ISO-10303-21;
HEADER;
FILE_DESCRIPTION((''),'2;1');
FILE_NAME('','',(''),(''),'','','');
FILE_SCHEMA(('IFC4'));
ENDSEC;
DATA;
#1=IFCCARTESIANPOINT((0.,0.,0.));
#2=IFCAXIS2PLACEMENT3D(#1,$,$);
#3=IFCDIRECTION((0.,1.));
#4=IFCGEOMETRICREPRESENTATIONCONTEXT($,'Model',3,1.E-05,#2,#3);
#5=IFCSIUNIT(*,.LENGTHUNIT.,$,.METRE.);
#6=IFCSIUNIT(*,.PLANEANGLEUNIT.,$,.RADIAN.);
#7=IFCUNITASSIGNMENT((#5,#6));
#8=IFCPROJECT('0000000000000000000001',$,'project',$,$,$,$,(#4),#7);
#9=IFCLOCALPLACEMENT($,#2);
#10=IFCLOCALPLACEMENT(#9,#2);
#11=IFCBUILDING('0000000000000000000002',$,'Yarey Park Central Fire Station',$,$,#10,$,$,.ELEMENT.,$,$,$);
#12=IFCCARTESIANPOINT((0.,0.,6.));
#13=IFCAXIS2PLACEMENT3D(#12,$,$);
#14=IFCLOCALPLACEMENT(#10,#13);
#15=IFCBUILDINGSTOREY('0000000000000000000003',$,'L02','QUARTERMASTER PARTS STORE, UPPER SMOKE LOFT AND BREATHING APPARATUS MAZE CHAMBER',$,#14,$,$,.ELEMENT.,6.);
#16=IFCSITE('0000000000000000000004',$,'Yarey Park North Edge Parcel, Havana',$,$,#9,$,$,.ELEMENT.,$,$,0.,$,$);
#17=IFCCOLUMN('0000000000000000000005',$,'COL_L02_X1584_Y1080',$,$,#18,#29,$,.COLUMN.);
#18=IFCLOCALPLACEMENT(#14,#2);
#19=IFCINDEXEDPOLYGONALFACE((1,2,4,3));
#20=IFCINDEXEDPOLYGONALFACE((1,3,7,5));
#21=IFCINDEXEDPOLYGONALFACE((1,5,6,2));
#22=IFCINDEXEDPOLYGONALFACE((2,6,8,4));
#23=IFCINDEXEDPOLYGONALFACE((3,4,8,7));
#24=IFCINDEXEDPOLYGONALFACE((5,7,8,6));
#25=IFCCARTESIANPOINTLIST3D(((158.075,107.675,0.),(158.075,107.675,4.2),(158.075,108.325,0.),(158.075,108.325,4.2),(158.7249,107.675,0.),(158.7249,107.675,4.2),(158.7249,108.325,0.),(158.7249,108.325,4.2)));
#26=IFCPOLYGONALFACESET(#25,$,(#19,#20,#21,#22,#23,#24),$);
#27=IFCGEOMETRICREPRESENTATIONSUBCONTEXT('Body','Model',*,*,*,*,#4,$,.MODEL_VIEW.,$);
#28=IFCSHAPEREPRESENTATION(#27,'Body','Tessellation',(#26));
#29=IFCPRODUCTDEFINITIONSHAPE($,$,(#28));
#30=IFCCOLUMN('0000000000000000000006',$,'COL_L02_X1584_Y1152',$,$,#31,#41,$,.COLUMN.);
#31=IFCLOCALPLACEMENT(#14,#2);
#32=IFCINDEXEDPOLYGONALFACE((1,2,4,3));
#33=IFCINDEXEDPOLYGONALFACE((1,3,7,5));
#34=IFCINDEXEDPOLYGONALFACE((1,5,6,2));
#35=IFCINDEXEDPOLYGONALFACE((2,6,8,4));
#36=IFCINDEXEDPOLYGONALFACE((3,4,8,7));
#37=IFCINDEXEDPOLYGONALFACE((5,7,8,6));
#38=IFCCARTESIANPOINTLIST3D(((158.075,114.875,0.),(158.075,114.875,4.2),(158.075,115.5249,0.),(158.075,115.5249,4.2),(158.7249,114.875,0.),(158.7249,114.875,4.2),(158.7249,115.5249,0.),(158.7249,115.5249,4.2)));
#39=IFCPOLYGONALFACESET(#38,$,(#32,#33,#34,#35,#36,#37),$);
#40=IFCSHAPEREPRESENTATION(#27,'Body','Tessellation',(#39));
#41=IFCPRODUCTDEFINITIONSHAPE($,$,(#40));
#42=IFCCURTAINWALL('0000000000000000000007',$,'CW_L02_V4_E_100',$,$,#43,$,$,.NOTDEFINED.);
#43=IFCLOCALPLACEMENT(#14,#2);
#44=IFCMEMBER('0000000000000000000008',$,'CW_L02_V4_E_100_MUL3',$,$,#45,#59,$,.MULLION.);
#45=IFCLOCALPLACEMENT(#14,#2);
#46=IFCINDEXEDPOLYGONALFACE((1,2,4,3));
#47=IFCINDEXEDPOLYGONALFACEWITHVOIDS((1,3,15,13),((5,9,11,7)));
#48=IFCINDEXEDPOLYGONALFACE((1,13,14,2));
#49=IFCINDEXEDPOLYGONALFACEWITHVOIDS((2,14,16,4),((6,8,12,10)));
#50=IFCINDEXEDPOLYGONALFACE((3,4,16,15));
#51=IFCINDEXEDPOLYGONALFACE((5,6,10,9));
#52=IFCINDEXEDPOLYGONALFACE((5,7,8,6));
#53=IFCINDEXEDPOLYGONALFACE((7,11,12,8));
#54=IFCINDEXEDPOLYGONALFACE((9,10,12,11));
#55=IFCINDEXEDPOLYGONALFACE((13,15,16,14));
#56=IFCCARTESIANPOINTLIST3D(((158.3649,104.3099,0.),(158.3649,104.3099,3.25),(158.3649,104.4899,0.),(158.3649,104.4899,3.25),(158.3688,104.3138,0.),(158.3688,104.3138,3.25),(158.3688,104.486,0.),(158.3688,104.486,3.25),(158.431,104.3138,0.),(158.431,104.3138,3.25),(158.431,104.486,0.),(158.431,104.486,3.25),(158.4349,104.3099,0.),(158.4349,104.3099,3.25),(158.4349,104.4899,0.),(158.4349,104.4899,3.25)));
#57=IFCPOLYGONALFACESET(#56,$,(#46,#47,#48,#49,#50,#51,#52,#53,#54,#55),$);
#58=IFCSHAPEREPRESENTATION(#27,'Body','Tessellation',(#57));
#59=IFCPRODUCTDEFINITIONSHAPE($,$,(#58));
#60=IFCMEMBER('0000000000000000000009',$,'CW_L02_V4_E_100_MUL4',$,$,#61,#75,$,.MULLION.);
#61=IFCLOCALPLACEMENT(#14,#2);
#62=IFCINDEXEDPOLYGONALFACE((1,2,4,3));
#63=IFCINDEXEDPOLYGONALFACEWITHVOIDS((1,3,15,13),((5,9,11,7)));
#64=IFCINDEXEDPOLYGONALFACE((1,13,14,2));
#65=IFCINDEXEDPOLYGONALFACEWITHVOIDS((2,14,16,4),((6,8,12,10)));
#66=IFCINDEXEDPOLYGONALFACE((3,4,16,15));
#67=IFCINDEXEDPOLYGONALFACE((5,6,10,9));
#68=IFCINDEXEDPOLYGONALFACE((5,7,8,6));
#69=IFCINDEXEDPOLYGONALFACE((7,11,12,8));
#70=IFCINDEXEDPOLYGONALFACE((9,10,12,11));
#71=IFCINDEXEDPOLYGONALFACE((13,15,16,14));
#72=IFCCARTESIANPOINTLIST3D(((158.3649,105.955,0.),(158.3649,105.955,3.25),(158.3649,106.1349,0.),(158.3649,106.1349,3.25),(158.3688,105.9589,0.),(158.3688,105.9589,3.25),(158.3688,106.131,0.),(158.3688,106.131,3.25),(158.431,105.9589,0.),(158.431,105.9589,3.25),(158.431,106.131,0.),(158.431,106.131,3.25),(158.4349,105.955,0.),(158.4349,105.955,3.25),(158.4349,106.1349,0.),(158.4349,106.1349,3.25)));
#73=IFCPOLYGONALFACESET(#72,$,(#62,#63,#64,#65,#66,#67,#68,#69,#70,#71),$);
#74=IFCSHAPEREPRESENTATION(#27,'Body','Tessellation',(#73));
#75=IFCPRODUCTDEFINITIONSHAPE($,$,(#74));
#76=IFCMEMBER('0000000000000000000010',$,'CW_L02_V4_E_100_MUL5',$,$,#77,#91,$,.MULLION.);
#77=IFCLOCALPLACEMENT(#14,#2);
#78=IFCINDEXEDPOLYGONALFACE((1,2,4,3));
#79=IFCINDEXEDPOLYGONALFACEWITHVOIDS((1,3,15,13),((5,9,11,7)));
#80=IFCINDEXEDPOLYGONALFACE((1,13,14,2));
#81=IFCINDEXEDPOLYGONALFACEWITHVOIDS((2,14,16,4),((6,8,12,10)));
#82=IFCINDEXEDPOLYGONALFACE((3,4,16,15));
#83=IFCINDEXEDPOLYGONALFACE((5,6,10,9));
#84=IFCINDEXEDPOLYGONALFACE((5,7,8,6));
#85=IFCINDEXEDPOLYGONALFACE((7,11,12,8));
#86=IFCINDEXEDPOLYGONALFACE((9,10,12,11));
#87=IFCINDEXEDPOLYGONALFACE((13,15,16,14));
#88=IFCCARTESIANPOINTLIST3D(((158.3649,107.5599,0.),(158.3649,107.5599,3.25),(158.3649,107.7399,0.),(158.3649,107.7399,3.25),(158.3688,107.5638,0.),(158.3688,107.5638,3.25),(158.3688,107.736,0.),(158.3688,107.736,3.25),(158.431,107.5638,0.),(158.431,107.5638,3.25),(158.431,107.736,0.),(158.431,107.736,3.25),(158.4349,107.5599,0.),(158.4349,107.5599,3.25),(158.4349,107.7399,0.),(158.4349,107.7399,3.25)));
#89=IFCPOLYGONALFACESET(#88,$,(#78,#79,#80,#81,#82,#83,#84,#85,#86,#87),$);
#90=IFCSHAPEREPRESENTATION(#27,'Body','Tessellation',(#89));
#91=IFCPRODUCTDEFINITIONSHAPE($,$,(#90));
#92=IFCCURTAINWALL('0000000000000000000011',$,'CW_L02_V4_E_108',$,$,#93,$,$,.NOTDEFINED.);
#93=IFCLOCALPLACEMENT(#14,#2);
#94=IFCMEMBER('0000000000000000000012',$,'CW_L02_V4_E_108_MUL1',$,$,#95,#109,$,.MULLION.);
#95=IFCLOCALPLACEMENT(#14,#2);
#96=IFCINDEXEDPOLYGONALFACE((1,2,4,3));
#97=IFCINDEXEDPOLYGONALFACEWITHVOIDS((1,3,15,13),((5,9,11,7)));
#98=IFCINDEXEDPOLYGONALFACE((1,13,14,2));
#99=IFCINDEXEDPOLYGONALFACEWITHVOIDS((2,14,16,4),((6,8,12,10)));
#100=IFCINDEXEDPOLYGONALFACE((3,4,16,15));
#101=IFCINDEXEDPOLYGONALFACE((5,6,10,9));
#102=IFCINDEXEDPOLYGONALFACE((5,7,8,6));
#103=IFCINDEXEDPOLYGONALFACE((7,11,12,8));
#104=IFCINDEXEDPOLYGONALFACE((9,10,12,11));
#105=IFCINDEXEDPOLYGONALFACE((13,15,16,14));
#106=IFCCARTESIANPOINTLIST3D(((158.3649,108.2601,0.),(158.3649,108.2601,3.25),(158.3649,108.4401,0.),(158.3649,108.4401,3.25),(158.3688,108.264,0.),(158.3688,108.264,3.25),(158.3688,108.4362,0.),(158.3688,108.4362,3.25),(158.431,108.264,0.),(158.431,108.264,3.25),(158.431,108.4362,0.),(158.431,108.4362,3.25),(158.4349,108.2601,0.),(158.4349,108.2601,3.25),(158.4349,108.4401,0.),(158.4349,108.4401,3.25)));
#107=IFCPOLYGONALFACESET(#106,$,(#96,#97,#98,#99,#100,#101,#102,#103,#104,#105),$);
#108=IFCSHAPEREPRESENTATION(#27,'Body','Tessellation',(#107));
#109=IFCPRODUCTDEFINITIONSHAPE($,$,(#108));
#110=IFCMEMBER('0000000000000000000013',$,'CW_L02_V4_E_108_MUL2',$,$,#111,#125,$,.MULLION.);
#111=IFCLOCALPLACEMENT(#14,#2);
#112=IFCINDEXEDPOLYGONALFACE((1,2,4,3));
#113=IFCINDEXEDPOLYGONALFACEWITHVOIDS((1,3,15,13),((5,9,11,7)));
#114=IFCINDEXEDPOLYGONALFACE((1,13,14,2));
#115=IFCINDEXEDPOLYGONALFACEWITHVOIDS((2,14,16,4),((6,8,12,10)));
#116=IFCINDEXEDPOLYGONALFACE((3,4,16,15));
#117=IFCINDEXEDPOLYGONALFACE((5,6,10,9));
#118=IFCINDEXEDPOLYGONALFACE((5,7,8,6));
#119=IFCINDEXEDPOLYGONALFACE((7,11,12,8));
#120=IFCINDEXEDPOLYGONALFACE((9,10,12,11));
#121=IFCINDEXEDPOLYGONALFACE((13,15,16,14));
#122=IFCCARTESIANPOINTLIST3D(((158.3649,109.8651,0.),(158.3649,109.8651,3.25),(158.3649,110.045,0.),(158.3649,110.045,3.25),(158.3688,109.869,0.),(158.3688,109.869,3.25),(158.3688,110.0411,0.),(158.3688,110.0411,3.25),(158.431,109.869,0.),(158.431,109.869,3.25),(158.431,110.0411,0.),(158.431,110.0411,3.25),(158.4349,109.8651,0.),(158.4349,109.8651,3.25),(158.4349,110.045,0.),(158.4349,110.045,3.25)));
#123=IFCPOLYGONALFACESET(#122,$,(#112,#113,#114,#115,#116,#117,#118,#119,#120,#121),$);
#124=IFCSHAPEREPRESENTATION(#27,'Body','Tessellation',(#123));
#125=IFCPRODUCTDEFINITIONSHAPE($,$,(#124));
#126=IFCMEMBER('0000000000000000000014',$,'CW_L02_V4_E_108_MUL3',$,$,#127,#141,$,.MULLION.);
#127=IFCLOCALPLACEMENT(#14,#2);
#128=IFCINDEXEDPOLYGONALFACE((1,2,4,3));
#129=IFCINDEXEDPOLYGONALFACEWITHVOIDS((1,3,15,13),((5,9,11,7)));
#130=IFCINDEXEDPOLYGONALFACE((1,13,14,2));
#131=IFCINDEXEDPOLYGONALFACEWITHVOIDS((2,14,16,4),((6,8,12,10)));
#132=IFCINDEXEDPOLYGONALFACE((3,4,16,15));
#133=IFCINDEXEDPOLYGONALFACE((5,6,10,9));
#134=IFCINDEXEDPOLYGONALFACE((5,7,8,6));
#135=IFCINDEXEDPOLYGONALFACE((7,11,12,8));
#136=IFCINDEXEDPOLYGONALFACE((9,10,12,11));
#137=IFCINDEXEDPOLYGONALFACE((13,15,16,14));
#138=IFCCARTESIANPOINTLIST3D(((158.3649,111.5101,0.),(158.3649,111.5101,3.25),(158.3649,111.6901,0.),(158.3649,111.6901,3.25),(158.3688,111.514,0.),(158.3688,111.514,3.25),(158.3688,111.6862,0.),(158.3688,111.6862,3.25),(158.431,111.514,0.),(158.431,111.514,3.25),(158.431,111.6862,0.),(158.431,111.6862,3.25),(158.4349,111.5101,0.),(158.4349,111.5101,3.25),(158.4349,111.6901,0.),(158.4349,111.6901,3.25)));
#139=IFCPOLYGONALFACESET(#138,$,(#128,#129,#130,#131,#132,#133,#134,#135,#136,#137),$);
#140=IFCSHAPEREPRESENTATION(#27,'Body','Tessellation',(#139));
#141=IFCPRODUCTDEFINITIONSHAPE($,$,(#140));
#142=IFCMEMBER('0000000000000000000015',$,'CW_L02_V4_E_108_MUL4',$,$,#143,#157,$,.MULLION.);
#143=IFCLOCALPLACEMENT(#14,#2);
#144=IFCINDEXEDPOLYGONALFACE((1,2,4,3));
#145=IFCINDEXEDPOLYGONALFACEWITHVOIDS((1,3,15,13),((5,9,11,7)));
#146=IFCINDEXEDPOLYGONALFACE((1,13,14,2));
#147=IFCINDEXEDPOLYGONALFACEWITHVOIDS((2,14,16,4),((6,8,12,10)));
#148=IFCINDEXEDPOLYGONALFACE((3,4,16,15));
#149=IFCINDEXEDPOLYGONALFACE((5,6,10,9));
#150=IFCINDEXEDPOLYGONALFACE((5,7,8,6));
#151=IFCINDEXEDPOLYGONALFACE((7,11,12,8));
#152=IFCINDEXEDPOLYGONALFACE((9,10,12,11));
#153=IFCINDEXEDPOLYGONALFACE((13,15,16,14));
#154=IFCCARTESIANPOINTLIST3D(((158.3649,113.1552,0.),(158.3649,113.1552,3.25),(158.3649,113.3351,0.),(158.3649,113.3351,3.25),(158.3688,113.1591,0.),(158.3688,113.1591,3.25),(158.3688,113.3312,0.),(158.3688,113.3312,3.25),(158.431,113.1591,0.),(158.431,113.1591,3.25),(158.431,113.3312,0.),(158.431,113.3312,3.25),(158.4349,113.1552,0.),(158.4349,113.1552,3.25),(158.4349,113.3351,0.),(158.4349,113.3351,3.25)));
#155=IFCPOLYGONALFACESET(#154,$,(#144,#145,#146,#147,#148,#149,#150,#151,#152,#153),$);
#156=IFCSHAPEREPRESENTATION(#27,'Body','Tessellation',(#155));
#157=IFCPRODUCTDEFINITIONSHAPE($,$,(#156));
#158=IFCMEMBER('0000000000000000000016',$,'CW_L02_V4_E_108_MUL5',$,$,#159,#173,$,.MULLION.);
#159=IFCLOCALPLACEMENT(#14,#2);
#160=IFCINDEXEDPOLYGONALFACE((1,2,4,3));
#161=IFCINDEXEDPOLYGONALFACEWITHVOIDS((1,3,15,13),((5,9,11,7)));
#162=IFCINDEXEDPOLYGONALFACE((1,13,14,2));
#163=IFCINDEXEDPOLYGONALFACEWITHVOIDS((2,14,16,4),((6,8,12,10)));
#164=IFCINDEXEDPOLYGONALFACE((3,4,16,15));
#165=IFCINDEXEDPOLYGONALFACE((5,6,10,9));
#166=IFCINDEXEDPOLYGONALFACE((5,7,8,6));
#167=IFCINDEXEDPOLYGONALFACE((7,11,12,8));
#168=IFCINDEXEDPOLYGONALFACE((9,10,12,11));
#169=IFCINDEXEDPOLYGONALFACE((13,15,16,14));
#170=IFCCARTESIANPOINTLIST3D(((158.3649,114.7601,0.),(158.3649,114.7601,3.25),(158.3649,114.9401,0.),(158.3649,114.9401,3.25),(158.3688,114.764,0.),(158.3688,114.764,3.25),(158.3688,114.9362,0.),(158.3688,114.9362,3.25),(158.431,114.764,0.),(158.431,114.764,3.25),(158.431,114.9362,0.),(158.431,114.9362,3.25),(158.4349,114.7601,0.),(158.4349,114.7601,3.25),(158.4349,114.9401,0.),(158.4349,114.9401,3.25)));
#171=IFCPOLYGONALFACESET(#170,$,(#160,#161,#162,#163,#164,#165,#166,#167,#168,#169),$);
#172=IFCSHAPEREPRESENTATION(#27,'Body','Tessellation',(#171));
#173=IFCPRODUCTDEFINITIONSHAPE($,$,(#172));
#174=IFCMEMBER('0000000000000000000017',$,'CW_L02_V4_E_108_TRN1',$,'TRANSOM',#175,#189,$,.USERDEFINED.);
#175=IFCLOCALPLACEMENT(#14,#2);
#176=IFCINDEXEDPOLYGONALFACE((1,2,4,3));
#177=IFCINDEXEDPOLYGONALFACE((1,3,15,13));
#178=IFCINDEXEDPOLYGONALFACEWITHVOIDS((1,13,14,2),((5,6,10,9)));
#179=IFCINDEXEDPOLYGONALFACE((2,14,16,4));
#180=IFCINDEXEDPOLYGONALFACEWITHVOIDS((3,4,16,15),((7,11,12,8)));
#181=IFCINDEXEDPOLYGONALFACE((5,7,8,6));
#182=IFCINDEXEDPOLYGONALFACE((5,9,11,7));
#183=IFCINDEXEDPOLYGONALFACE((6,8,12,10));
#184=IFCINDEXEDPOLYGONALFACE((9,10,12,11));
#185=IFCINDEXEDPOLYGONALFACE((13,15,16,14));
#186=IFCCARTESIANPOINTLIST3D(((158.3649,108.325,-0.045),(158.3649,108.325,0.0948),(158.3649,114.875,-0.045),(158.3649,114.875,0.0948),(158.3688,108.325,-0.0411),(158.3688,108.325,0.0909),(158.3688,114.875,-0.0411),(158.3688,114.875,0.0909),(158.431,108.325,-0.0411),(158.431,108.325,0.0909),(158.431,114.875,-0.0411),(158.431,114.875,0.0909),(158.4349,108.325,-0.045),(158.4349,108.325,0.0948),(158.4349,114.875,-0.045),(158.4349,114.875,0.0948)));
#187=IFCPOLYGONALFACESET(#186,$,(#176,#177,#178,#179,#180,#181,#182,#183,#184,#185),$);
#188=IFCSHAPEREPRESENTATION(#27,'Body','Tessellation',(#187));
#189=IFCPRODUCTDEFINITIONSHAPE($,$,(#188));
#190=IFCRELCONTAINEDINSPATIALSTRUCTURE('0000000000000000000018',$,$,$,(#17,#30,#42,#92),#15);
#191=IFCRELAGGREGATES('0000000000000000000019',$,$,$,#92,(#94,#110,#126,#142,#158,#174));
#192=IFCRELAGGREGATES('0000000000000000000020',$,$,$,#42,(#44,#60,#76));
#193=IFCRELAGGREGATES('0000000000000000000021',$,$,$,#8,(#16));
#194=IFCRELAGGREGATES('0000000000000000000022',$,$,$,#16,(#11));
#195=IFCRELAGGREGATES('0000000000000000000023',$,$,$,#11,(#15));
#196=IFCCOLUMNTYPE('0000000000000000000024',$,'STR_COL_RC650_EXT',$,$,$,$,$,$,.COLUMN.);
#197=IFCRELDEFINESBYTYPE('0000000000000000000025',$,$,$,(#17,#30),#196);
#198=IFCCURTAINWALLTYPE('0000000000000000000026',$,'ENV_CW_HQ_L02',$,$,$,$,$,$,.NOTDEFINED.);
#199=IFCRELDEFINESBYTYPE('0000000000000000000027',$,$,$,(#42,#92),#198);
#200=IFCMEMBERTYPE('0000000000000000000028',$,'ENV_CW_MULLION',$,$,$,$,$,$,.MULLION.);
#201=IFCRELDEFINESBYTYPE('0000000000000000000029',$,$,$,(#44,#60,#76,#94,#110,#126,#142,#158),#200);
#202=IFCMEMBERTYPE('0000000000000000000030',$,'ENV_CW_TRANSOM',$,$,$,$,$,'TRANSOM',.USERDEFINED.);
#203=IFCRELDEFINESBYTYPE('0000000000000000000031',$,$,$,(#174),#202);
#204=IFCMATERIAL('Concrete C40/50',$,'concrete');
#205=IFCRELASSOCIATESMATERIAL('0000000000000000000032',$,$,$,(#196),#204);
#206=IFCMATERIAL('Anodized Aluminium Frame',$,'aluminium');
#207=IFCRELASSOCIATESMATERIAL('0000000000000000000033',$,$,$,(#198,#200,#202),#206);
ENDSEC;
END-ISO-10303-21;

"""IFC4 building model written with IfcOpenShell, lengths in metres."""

from ifc_helpers import new_model, si_unit, direction, frame, origin, origin_2d, place, context, subcontext, project, spatial, rectangle, hollow_rectangle, extrude, material, material_profile, profile_set, type_object, element, aggregate, save


model = new_model("IFC4")

# Units and contexts
model_context = context("Model", 3, precision=1e-05, world=origin(), true_north=direction((0.0, 1.0)))
body_context = subcontext(model_context, "Body", "Model", "MODEL_VIEW")
ifc_project = project(units=[si_unit("LENGTHUNIT", "METRE"), si_unit("PLANEANGLEUNIT", "RADIAN")], contexts=[model_context])

# Site, building, storey
site_placement = place(None, origin())
site = spatial("IfcSite", under=ifc_project, at=site_placement, Name="Yarey Park North Edge Parcel, Havana", CompositionType="ELEMENT", RefElevation=0.0)
building_placement = place(site_placement, origin())
building = spatial("IfcBuilding", under=site, at=building_placement, Name="Yarey Park Central Fire Station", CompositionType="ELEMENT")
storey_placement = place(building_placement, frame((0.0, 0.0, 6.0)))
storey = spatial("IfcBuildingStorey", under=building, at=storey_placement, Name="L02", Description="QUARTERMASTER PARTS STORE, UPPER SMOKE LOFT AND BREATHING APPARATUS MAZE CHAMBER", CompositionType="ELEMENT", Elevation=6.0)

# Columns
ifc_material_1 = material(Name="Concrete C40/50", Category="concrete")
ifc_material_profile_1 = material_profile(ifc_material_1, rectangle(XDim=0.6499, YDim=0.6499, at=origin_2d()), Name="RC 650x650")
ifc_profile_set_1 = profile_set([ifc_material_profile_1], Name="Concrete C40/50")
column_type = type_object("IfcColumnType", Name="STR_COL_RC650_EXT", PredefinedType="COLUMN", material=ifc_profile_set_1)
for number, where, z_axis, x_axis, name in (
    (1, (158.3999, 108.0, 0.0), (0.0, 0.0, 1.0), (1.0, 0.0, 0.0), "COL_L02_X1584_Y1080"),
    (2, (158.3999, 115.2, 0.0), (0.0, 0.0, 1.0), (1.0, 0.0, 0.0), "COL_L02_X1584_Y1152"),
):
    element("IfcColumn", number, at=place(storey_placement, frame(where, z_axis=z_axis, x_axis=x_axis)), inside=storey, type_object=column_type, Name=name, PredefinedType="COLUMN", context=body_context, shape_type="SweptSolid", body=[
        extrude(rectangle(XDim=0.6499, YDim=0.6499, at=origin_2d()), origin(), (0.0, 0.0, 1.0), 4.2),
    ])

# Curtain walls, members
ifc_material_2 = material(Name="Anodized Aluminium Frame", Category="aluminium")
curtain_wall_type = type_object("IfcCurtainWallType", Name="ENV_CW_HQ_L02", PredefinedType="NOTDEFINED", material=ifc_material_2)
curtain_wall_1_placement = place(storey_placement, origin())
curtain_wall_1 = element("IfcCurtainWall", 3, at=curtain_wall_1_placement, inside=storey, type_object=curtain_wall_type, Name="CW_L02_V4_E_100", PredefinedType="NOTDEFINED")
ifc_material_profile_2 = material_profile(ifc_material_2, hollow_rectangle(XDim=0.0701, YDim=0.1799, WallThickness=0.0039, at=origin_2d()), Name="ALU 180x70x4")
ifc_profile_set_2 = profile_set([ifc_material_profile_2], Name="Anodized Aluminium Frame")
member_type_1 = type_object("IfcMemberType", Name="ENV_CW_MULLION", PredefinedType="MULLION", material=ifc_profile_set_2)
member_1_placement = place(storey_placement, frame((158.3999, 104.3999, 0.0), z_axis=(0.0, 0.0, 1.0), x_axis=(1.0, 0.0, 0.0)))
member_1 = element("IfcMember", 4, at=member_1_placement, type_object=member_type_1, Name="CW_L02_V4_E_100_MUL3", PredefinedType="MULLION", context=body_context, shape_type="SweptSolid", body=[
    extrude(hollow_rectangle(XDim=0.0701, YDim=0.1799, WallThickness=0.0039, at=origin_2d()), origin(), (0.0, 0.0, 1.0), 3.25),
])
member_2_placement = place(storey_placement, frame((158.3999, 106.0449, 0.0), z_axis=(0.0, 0.0, 1.0), x_axis=(1.0, 0.0, 0.0)))
member_2 = element("IfcMember", 5, at=member_2_placement, type_object=member_type_1, Name="CW_L02_V4_E_100_MUL4", PredefinedType="MULLION", context=body_context, shape_type="SweptSolid", body=[
    extrude(hollow_rectangle(XDim=0.0701, YDim=0.1799, WallThickness=0.0039, at=origin_2d()), origin(), (0.0, 0.0, 1.0), 3.25),
])
member_3_placement = place(storey_placement, frame((158.3999, 107.6499, 0.0), z_axis=(0.0, 0.0, 1.0), x_axis=(1.0, 0.0, 0.0)))
member_3 = element("IfcMember", 6, at=member_3_placement, type_object=member_type_1, Name="CW_L02_V4_E_100_MUL5", PredefinedType="MULLION", context=body_context, shape_type="SweptSolid", body=[
    extrude(hollow_rectangle(XDim=0.0701, YDim=0.1799, WallThickness=0.0039, at=origin_2d()), origin(), (0.0, 0.0, 1.0), 3.25),
])
curtain_wall_2_placement = place(storey_placement, origin())
curtain_wall_2 = element("IfcCurtainWall", 7, at=curtain_wall_2_placement, inside=storey, type_object=curtain_wall_type, Name="CW_L02_V4_E_108", PredefinedType="NOTDEFINED")
member_4_placement = place(storey_placement, frame((158.3999, 108.3501, 0.0), z_axis=(0.0, 0.0, 1.0), x_axis=(1.0, 0.0, 0.0)))
member_4 = element("IfcMember", 8, at=member_4_placement, type_object=member_type_1, Name="CW_L02_V4_E_108_MUL1", PredefinedType="MULLION", context=body_context, shape_type="SweptSolid", body=[
    extrude(hollow_rectangle(XDim=0.0701, YDim=0.1799, WallThickness=0.0039, at=origin_2d()), origin(), (0.0, 0.0, 1.0), 3.25),
])
member_5_placement = place(storey_placement, frame((158.3999, 109.9551, 0.0), z_axis=(0.0, 0.0, 1.0), x_axis=(1.0, 0.0, 0.0)))
member_5 = element("IfcMember", 9, at=member_5_placement, type_object=member_type_1, Name="CW_L02_V4_E_108_MUL2", PredefinedType="MULLION", context=body_context, shape_type="SweptSolid", body=[
    extrude(hollow_rectangle(XDim=0.0701, YDim=0.1799, WallThickness=0.0039, at=origin_2d()), origin(), (0.0, 0.0, 1.0), 3.25),
])
member_6_placement = place(storey_placement, frame((158.3999, 111.6001, 0.0), z_axis=(0.0, 0.0, 1.0), x_axis=(1.0, 0.0, 0.0)))
member_6 = element("IfcMember", 10, at=member_6_placement, type_object=member_type_1, Name="CW_L02_V4_E_108_MUL3", PredefinedType="MULLION", context=body_context, shape_type="SweptSolid", body=[
    extrude(hollow_rectangle(XDim=0.0701, YDim=0.1799, WallThickness=0.0039, at=origin_2d()), origin(), (0.0, 0.0, 1.0), 3.25),
])
member_7_placement = place(storey_placement, frame((158.3999, 113.2451, 0.0), z_axis=(0.0, 0.0, 1.0), x_axis=(1.0, 0.0, 0.0)))
member_7 = element("IfcMember", 11, at=member_7_placement, type_object=member_type_1, Name="CW_L02_V4_E_108_MUL4", PredefinedType="MULLION", context=body_context, shape_type="SweptSolid", body=[
    extrude(hollow_rectangle(XDim=0.0701, YDim=0.1799, WallThickness=0.0039, at=origin_2d()), origin(), (0.0, 0.0, 1.0), 3.25),
])
member_8_placement = place(storey_placement, frame((158.3999, 114.8501, 0.0), z_axis=(0.0, 0.0, 1.0), x_axis=(1.0, 0.0, 0.0)))
member_8 = element("IfcMember", 12, at=member_8_placement, type_object=member_type_1, Name="CW_L02_V4_E_108_MUL5", PredefinedType="MULLION", context=body_context, shape_type="SweptSolid", body=[
    extrude(hollow_rectangle(XDim=0.0701, YDim=0.1799, WallThickness=0.0039, at=origin_2d()), origin(), (0.0, 0.0, 1.0), 3.25),
])
ifc_material_profile_3 = material_profile(ifc_material_2, hollow_rectangle(XDim=0.0701, YDim=0.1399, WallThickness=0.0039, at=origin_2d()), Name="ALU 140x70x4")
ifc_profile_set_3 = profile_set([ifc_material_profile_3], Name="Anodized Aluminium Frame")
member_type_2 = type_object("IfcMemberType", Name="ENV_CW_TRANSOM", ElementType="TRANSOM", PredefinedType="USERDEFINED", material=ifc_profile_set_3)
member_9_placement = place(storey_placement, frame((158.3999, 108.325, 0.0249), z_axis=(0.0, 1.0, 0.0), x_axis=(-1.0, 0.0, 0.0)))
member_9 = element("IfcMember", 13, at=member_9_placement, type_object=member_type_2, Name="CW_L02_V4_E_108_TRN1", ObjectType="TRANSOM", PredefinedType="USERDEFINED", context=body_context, shape_type="SweptSolid", body=[
    extrude(hollow_rectangle(XDim=0.0701, YDim=0.1399, WallThickness=0.0039, at=origin_2d()), origin(), (0.0, 0.0, 1.0), 6.55),
])

aggregate(curtain_wall_2, [member_4, member_5, member_6, member_7, member_8, member_9])
aggregate(curtain_wall_1, [member_1, member_2, member_3])

save(model, "model.ifc")
